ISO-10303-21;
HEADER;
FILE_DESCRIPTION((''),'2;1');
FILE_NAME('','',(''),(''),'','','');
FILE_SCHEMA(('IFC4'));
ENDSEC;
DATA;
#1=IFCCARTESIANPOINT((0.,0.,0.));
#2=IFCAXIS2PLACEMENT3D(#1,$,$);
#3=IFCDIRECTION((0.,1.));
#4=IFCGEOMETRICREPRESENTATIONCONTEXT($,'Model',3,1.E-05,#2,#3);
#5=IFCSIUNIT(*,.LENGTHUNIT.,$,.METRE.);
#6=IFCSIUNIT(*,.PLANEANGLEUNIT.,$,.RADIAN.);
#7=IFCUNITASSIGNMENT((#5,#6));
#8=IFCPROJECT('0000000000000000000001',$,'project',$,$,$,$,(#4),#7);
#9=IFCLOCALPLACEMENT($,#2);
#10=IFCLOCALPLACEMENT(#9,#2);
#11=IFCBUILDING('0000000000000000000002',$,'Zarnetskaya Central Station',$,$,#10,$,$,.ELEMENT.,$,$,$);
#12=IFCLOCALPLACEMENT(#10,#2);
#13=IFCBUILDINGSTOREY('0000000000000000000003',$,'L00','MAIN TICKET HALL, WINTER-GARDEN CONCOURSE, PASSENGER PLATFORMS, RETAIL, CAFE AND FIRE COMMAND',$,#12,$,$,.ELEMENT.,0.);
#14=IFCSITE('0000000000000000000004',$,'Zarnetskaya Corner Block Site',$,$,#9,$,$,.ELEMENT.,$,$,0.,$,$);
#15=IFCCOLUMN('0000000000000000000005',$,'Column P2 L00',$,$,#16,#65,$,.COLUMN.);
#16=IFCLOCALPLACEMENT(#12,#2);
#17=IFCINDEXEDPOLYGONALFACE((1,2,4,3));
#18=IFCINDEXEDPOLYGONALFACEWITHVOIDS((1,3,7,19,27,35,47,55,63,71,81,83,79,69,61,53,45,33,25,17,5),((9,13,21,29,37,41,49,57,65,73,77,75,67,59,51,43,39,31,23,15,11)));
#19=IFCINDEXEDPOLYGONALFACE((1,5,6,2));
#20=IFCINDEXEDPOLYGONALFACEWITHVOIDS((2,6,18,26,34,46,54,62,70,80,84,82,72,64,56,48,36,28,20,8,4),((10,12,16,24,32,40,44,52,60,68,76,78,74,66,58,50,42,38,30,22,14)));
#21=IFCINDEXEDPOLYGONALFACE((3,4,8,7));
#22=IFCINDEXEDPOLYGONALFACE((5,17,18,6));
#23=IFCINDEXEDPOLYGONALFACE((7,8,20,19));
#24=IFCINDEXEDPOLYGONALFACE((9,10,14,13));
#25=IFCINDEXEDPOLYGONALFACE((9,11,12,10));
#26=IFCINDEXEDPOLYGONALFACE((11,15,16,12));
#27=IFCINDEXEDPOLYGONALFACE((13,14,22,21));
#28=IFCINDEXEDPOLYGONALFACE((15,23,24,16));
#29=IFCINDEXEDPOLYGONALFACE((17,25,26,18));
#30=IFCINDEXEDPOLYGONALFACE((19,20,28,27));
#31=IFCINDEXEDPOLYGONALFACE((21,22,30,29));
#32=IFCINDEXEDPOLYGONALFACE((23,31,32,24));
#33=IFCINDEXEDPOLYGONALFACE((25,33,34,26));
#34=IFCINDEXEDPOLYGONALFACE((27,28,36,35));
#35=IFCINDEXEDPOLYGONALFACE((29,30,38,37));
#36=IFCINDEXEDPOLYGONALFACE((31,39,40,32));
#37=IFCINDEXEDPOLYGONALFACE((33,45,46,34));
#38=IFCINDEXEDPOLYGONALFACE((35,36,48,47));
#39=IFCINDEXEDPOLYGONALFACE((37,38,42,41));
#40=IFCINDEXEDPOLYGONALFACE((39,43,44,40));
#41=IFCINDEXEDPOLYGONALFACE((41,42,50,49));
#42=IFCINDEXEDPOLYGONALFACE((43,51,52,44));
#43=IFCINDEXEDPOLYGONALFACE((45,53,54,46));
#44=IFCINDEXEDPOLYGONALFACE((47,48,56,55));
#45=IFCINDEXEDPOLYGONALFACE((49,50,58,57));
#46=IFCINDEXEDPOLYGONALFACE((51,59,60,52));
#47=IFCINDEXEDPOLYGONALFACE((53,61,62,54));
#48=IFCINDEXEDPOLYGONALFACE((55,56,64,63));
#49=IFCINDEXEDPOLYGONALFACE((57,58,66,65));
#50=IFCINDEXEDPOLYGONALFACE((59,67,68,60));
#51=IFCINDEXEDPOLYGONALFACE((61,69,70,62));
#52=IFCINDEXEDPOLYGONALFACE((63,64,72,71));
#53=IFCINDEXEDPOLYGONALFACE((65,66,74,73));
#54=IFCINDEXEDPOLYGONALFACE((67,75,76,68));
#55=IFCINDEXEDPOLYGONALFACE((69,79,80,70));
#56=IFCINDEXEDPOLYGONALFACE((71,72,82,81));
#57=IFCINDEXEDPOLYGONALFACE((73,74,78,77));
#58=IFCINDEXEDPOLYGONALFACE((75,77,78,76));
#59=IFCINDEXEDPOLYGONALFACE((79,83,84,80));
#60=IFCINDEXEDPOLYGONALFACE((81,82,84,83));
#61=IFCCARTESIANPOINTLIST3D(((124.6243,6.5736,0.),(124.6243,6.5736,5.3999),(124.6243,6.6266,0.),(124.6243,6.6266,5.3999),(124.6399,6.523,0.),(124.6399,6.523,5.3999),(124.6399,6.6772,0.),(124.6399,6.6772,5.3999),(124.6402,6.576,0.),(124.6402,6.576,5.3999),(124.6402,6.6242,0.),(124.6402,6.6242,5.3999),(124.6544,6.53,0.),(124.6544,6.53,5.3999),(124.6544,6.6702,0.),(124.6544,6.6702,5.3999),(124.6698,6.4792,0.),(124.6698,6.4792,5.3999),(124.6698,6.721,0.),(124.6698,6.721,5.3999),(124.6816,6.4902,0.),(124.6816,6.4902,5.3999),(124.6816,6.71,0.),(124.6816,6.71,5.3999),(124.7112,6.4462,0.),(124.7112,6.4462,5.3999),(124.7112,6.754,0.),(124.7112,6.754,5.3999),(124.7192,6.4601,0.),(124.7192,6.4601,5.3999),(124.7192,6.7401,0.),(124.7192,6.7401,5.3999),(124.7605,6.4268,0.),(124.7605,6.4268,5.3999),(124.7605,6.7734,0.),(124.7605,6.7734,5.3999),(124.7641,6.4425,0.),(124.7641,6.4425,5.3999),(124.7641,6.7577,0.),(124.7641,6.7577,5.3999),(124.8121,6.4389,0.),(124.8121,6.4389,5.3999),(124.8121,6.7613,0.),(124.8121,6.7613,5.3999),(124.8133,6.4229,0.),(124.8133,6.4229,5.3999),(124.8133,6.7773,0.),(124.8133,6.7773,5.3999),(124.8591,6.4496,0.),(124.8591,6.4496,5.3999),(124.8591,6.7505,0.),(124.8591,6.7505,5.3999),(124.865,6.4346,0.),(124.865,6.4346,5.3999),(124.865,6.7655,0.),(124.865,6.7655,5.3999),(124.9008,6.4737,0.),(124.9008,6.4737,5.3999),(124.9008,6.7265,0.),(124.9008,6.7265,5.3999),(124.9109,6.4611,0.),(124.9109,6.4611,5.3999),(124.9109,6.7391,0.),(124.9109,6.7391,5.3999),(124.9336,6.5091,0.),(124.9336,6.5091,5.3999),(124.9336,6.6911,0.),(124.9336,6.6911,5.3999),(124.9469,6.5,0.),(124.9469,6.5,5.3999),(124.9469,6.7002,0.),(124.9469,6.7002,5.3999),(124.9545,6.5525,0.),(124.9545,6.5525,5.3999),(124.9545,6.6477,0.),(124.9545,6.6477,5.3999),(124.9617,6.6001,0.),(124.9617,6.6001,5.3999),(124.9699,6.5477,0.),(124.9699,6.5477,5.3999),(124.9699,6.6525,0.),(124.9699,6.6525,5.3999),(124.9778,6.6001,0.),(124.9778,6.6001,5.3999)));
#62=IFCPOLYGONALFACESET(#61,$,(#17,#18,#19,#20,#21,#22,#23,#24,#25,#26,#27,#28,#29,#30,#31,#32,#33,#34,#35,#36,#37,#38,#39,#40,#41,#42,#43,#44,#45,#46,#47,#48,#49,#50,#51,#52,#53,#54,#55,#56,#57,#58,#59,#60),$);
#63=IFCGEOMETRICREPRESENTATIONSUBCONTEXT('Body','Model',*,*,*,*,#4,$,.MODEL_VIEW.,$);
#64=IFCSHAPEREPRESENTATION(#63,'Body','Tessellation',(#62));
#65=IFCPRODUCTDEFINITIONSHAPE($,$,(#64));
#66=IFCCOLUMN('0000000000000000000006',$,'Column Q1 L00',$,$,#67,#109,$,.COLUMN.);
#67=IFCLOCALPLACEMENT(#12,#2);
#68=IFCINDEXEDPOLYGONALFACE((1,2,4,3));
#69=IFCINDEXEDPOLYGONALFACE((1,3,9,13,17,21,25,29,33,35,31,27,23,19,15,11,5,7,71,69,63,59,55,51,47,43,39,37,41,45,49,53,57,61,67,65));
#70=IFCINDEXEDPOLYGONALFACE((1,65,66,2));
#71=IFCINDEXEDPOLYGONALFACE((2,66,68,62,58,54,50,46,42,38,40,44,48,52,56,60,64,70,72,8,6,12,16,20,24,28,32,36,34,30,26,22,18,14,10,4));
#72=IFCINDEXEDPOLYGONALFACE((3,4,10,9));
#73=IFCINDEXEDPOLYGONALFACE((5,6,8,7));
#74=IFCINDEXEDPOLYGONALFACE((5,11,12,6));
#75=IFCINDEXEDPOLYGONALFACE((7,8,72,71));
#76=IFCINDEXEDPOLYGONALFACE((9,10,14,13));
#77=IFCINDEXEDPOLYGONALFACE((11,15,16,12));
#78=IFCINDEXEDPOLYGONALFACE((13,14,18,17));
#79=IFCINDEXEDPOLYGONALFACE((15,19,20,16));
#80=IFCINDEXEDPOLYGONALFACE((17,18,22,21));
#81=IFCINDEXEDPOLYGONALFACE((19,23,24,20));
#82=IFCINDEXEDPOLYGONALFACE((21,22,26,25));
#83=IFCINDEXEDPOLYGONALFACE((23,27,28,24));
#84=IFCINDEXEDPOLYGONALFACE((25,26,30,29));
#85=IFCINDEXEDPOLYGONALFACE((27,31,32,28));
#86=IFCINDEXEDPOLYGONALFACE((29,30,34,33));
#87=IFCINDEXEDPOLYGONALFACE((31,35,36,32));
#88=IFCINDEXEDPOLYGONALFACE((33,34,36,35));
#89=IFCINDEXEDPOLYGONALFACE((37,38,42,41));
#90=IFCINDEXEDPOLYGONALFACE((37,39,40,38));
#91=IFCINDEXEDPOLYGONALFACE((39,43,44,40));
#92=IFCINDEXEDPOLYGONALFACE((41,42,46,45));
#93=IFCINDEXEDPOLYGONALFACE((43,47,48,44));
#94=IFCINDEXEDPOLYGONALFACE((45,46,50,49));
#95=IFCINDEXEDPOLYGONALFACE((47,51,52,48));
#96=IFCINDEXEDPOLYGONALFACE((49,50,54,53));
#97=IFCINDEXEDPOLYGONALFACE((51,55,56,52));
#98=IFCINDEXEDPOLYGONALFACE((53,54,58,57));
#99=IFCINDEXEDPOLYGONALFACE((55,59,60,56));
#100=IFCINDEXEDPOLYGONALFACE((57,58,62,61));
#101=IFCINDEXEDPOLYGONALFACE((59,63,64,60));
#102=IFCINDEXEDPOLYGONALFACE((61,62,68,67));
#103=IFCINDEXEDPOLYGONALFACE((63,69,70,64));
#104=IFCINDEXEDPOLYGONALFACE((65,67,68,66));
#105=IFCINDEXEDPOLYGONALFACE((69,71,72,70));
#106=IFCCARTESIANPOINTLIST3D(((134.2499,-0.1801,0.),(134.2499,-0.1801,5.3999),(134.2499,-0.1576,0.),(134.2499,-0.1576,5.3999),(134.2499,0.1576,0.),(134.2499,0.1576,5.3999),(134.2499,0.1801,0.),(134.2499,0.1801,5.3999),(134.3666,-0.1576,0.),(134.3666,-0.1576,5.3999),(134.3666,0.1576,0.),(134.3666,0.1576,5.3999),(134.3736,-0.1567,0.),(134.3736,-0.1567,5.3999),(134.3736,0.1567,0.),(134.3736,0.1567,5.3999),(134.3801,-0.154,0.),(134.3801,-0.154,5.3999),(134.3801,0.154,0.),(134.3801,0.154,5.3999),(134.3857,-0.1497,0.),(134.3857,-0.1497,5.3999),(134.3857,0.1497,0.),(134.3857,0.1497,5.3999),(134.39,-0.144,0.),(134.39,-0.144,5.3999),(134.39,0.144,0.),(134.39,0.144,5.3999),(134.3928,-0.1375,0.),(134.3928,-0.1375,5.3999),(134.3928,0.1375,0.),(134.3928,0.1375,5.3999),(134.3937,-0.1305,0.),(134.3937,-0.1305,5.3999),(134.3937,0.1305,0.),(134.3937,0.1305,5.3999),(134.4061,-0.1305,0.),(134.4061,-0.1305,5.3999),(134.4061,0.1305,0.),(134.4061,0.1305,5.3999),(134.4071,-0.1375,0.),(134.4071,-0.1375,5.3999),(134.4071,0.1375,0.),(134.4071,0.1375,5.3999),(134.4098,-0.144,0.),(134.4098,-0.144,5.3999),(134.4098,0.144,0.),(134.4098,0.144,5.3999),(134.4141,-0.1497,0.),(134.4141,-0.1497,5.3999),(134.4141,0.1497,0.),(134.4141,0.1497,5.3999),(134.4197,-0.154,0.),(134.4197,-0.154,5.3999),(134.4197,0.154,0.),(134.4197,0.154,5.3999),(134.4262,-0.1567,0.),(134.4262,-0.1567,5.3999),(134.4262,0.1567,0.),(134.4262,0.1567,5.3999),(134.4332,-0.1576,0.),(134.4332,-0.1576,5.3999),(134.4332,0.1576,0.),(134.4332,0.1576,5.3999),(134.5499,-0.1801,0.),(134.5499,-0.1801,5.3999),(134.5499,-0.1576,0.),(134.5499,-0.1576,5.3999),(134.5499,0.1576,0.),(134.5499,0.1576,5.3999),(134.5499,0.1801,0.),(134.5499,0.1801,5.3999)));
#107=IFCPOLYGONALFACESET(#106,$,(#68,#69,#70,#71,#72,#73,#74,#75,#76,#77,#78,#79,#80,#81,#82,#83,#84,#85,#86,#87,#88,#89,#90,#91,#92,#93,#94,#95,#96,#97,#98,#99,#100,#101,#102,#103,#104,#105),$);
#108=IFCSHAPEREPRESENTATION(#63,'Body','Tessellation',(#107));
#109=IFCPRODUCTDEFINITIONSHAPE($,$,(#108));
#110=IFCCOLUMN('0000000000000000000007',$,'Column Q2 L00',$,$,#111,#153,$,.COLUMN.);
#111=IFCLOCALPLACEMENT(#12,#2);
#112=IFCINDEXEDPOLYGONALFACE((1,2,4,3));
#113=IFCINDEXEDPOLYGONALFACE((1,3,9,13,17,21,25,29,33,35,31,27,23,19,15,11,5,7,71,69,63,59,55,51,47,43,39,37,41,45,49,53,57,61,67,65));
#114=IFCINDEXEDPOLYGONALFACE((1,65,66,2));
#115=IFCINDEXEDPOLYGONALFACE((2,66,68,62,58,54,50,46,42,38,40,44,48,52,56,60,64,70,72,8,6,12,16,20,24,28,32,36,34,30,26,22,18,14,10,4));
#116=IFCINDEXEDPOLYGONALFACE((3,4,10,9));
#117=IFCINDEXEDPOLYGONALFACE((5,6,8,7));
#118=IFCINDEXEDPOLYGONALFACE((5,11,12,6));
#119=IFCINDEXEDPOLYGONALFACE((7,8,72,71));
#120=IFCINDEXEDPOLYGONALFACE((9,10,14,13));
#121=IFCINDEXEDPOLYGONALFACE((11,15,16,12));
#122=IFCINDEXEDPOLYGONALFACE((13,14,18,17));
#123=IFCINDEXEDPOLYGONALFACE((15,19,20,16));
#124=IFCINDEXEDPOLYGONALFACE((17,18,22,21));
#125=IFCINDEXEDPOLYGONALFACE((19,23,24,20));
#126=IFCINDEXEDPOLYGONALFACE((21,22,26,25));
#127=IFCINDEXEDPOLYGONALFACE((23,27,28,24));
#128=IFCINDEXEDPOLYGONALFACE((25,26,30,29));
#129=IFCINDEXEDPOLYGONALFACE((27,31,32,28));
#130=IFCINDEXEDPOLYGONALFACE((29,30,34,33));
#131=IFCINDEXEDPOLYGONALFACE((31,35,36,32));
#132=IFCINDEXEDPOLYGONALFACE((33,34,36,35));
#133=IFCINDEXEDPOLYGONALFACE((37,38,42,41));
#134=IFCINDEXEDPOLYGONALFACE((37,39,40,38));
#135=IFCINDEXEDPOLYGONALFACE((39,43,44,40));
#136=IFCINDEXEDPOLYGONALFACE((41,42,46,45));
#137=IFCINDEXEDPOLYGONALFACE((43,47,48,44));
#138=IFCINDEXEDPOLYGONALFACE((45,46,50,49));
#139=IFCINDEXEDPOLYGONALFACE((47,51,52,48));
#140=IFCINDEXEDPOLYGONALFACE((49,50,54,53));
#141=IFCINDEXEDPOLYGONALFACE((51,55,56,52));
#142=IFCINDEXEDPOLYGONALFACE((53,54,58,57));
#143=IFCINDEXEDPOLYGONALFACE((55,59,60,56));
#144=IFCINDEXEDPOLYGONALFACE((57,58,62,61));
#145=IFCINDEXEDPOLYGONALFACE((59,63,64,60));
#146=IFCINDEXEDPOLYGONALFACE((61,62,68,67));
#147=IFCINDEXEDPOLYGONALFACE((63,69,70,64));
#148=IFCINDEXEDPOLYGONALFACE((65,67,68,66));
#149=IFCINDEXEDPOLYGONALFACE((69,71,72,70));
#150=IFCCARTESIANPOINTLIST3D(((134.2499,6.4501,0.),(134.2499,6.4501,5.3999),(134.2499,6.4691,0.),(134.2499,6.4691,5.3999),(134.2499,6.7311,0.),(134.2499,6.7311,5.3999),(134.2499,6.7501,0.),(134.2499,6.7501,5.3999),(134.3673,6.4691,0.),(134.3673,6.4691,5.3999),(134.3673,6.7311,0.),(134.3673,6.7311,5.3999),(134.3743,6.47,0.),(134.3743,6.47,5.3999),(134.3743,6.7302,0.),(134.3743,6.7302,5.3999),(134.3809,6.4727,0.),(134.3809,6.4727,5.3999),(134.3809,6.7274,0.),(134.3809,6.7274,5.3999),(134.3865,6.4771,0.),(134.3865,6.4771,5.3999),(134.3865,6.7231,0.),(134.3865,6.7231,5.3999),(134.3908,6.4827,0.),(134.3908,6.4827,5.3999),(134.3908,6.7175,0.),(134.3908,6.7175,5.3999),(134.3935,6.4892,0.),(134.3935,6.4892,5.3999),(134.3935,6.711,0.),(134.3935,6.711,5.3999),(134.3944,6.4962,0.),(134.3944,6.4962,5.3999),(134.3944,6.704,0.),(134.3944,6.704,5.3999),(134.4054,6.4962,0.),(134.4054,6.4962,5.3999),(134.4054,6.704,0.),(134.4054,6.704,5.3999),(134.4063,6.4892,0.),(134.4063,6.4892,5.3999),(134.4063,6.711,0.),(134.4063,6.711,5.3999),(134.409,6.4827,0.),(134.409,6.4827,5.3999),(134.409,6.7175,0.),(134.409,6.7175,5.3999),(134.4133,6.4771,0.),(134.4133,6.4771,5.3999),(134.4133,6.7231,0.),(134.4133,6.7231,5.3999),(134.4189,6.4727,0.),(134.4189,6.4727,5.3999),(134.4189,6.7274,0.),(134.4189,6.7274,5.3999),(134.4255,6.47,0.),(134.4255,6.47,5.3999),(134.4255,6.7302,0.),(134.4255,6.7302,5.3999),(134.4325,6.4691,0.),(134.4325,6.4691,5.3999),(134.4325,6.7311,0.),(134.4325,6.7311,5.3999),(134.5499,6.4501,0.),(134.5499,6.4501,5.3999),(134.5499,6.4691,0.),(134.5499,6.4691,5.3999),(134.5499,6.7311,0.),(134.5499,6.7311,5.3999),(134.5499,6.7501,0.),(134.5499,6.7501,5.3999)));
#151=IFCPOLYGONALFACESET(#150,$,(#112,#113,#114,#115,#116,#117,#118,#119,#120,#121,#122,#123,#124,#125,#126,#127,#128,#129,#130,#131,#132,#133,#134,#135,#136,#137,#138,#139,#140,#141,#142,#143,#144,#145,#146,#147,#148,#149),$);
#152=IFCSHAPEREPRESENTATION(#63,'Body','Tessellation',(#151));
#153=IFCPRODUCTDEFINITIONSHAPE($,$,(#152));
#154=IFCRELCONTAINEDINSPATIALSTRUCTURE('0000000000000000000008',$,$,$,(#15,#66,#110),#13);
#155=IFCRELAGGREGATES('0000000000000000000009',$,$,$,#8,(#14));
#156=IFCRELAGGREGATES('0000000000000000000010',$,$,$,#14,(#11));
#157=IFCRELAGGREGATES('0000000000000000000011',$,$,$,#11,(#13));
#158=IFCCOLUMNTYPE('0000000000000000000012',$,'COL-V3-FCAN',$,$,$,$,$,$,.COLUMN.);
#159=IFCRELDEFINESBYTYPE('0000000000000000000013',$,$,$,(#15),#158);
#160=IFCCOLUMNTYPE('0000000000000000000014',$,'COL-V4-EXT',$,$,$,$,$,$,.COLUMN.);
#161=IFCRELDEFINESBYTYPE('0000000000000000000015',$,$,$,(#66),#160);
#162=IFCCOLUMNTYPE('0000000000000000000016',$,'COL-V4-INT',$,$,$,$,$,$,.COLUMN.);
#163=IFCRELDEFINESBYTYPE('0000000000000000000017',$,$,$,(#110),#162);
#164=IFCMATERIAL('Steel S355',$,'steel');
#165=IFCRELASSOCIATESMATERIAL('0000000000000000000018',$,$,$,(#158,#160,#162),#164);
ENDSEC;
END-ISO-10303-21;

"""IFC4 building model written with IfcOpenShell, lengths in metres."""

from ifc_helpers import new_model, si_unit, direction, frame, origin, origin_2d, place, context, subcontext, project, spatial, hollow_circle, i_section, extrude, material, material_profile, profile_set, type_object, element, save


model = new_model("IFC4")

# Units and contexts
model_context = context("Model", 3, precision=1e-05, world=origin(), true_north=direction((0.0, 1.0)))
body_context = subcontext(model_context, "Body", "Model", "MODEL_VIEW")
ifc_project = project(units=[si_unit("LENGTHUNIT", "METRE"), si_unit("PLANEANGLEUNIT", "RADIAN")], contexts=[model_context])

# Site, building, storey
site_placement = place(None, origin())
site = spatial("IfcSite", under=ifc_project, at=site_placement, Name="Zarnetskaya Corner Block Site", CompositionType="ELEMENT", RefElevation=0.0)
building_placement = place(site_placement, origin())
building = spatial("IfcBuilding", under=site, at=building_placement, Name="Zarnetskaya Central Station", CompositionType="ELEMENT")
storey_placement = place(building_placement, origin())
storey = spatial("IfcBuildingStorey", under=building, at=storey_placement, Name="L00", Description="MAIN TICKET HALL, WINTER-GARDEN CONCOURSE, PASSENGER PLATFORMS, RETAIL, CAFE AND FIRE COMMAND", CompositionType="ELEMENT", Elevation=0.0)

# Columns
ifc_material_1 = material(Name="Steel S355", Category="steel")
ifc_material_profile_1 = material_profile(ifc_material_1, hollow_circle(Radius=0.1777, WallThickness=0.0161, at=origin_2d()), Name="CHS 355.6x16")
ifc_profile_set_1 = profile_set([ifc_material_profile_1], Name="Steel S355")
column_type_1 = type_object("IfcColumnType", Name="COL-V3-FCAN", PredefinedType="COLUMN", material=ifc_profile_set_1)
column_1_placement = place(storey_placement, frame((124.8, 6.6001, 0.0), z_axis=(0.0, 0.0, 1.0), x_axis=(1.0, 0.0, 0.0)))
element("IfcColumn", 1, at=column_1_placement, inside=storey, type_object=column_type_1, Name="Column P2 L00", PredefinedType="COLUMN", context=body_context, shape_type="SweptSolid", body=[
    extrude(hollow_circle(Radius=0.1777, WallThickness=0.0161, at=origin_2d()), origin(), (0.0, 0.0, 1.0), 5.3999),
])
ifc_material_profile_2 = material_profile(ifc_material_1, i_section(OverallWidth=0.3, OverallDepth=0.3601, WebThickness=0.0125, FlangeThickness=0.0225, FilletRadius=0.0271, at=origin_2d()), Name="HEB 360")
ifc_profile_set_2 = profile_set([ifc_material_profile_2], Name="Steel S355")
column_type_2 = type_object("IfcColumnType", Name="COL-V4-EXT", PredefinedType="COLUMN", material=ifc_profile_set_2)
column_2_placement = place(storey_placement, frame((134.3999, 0.0, 0.0), z_axis=(0.0, 0.0, 1.0), x_axis=(1.0, 0.0, 0.0)))
element("IfcColumn", 2, at=column_2_placement, inside=storey, type_object=column_type_2, Name="Column Q1 L00", PredefinedType="COLUMN", context=body_context, shape_type="SweptSolid", body=[
    extrude(i_section(OverallWidth=0.3, OverallDepth=0.3601, WebThickness=0.0125, FlangeThickness=0.0225, FilletRadius=0.0271, at=origin_2d()), origin(), (0.0, 0.0, 1.0), 5.3999),
])
ifc_material_profile_3 = material_profile(ifc_material_1, i_section(OverallWidth=0.3, OverallDepth=0.3, WebThickness=0.011, FlangeThickness=0.019, FilletRadius=0.0271, at=origin_2d()), Name="HEB 300")
ifc_profile_set_3 = profile_set([ifc_material_profile_3], Name="Steel S355")
column_type_3 = type_object("IfcColumnType", Name="COL-V4-INT", PredefinedType="COLUMN", material=ifc_profile_set_3)
column_3_placement = place(storey_placement, frame((134.3999, 6.6001, 0.0), z_axis=(0.0, 0.0, 1.0), x_axis=(1.0, 0.0, 0.0)))
element("IfcColumn", 3, at=column_3_placement, inside=storey, type_object=column_type_3, Name="Column Q2 L00", PredefinedType="COLUMN", context=body_context, shape_type="SweptSolid", body=[
    extrude(i_section(OverallWidth=0.3, OverallDepth=0.3, WebThickness=0.011, FlangeThickness=0.019, FilletRadius=0.0271, at=origin_2d()), origin(), (0.0, 0.0, 1.0), 5.3999),
])

save(model, "model.ifc")
